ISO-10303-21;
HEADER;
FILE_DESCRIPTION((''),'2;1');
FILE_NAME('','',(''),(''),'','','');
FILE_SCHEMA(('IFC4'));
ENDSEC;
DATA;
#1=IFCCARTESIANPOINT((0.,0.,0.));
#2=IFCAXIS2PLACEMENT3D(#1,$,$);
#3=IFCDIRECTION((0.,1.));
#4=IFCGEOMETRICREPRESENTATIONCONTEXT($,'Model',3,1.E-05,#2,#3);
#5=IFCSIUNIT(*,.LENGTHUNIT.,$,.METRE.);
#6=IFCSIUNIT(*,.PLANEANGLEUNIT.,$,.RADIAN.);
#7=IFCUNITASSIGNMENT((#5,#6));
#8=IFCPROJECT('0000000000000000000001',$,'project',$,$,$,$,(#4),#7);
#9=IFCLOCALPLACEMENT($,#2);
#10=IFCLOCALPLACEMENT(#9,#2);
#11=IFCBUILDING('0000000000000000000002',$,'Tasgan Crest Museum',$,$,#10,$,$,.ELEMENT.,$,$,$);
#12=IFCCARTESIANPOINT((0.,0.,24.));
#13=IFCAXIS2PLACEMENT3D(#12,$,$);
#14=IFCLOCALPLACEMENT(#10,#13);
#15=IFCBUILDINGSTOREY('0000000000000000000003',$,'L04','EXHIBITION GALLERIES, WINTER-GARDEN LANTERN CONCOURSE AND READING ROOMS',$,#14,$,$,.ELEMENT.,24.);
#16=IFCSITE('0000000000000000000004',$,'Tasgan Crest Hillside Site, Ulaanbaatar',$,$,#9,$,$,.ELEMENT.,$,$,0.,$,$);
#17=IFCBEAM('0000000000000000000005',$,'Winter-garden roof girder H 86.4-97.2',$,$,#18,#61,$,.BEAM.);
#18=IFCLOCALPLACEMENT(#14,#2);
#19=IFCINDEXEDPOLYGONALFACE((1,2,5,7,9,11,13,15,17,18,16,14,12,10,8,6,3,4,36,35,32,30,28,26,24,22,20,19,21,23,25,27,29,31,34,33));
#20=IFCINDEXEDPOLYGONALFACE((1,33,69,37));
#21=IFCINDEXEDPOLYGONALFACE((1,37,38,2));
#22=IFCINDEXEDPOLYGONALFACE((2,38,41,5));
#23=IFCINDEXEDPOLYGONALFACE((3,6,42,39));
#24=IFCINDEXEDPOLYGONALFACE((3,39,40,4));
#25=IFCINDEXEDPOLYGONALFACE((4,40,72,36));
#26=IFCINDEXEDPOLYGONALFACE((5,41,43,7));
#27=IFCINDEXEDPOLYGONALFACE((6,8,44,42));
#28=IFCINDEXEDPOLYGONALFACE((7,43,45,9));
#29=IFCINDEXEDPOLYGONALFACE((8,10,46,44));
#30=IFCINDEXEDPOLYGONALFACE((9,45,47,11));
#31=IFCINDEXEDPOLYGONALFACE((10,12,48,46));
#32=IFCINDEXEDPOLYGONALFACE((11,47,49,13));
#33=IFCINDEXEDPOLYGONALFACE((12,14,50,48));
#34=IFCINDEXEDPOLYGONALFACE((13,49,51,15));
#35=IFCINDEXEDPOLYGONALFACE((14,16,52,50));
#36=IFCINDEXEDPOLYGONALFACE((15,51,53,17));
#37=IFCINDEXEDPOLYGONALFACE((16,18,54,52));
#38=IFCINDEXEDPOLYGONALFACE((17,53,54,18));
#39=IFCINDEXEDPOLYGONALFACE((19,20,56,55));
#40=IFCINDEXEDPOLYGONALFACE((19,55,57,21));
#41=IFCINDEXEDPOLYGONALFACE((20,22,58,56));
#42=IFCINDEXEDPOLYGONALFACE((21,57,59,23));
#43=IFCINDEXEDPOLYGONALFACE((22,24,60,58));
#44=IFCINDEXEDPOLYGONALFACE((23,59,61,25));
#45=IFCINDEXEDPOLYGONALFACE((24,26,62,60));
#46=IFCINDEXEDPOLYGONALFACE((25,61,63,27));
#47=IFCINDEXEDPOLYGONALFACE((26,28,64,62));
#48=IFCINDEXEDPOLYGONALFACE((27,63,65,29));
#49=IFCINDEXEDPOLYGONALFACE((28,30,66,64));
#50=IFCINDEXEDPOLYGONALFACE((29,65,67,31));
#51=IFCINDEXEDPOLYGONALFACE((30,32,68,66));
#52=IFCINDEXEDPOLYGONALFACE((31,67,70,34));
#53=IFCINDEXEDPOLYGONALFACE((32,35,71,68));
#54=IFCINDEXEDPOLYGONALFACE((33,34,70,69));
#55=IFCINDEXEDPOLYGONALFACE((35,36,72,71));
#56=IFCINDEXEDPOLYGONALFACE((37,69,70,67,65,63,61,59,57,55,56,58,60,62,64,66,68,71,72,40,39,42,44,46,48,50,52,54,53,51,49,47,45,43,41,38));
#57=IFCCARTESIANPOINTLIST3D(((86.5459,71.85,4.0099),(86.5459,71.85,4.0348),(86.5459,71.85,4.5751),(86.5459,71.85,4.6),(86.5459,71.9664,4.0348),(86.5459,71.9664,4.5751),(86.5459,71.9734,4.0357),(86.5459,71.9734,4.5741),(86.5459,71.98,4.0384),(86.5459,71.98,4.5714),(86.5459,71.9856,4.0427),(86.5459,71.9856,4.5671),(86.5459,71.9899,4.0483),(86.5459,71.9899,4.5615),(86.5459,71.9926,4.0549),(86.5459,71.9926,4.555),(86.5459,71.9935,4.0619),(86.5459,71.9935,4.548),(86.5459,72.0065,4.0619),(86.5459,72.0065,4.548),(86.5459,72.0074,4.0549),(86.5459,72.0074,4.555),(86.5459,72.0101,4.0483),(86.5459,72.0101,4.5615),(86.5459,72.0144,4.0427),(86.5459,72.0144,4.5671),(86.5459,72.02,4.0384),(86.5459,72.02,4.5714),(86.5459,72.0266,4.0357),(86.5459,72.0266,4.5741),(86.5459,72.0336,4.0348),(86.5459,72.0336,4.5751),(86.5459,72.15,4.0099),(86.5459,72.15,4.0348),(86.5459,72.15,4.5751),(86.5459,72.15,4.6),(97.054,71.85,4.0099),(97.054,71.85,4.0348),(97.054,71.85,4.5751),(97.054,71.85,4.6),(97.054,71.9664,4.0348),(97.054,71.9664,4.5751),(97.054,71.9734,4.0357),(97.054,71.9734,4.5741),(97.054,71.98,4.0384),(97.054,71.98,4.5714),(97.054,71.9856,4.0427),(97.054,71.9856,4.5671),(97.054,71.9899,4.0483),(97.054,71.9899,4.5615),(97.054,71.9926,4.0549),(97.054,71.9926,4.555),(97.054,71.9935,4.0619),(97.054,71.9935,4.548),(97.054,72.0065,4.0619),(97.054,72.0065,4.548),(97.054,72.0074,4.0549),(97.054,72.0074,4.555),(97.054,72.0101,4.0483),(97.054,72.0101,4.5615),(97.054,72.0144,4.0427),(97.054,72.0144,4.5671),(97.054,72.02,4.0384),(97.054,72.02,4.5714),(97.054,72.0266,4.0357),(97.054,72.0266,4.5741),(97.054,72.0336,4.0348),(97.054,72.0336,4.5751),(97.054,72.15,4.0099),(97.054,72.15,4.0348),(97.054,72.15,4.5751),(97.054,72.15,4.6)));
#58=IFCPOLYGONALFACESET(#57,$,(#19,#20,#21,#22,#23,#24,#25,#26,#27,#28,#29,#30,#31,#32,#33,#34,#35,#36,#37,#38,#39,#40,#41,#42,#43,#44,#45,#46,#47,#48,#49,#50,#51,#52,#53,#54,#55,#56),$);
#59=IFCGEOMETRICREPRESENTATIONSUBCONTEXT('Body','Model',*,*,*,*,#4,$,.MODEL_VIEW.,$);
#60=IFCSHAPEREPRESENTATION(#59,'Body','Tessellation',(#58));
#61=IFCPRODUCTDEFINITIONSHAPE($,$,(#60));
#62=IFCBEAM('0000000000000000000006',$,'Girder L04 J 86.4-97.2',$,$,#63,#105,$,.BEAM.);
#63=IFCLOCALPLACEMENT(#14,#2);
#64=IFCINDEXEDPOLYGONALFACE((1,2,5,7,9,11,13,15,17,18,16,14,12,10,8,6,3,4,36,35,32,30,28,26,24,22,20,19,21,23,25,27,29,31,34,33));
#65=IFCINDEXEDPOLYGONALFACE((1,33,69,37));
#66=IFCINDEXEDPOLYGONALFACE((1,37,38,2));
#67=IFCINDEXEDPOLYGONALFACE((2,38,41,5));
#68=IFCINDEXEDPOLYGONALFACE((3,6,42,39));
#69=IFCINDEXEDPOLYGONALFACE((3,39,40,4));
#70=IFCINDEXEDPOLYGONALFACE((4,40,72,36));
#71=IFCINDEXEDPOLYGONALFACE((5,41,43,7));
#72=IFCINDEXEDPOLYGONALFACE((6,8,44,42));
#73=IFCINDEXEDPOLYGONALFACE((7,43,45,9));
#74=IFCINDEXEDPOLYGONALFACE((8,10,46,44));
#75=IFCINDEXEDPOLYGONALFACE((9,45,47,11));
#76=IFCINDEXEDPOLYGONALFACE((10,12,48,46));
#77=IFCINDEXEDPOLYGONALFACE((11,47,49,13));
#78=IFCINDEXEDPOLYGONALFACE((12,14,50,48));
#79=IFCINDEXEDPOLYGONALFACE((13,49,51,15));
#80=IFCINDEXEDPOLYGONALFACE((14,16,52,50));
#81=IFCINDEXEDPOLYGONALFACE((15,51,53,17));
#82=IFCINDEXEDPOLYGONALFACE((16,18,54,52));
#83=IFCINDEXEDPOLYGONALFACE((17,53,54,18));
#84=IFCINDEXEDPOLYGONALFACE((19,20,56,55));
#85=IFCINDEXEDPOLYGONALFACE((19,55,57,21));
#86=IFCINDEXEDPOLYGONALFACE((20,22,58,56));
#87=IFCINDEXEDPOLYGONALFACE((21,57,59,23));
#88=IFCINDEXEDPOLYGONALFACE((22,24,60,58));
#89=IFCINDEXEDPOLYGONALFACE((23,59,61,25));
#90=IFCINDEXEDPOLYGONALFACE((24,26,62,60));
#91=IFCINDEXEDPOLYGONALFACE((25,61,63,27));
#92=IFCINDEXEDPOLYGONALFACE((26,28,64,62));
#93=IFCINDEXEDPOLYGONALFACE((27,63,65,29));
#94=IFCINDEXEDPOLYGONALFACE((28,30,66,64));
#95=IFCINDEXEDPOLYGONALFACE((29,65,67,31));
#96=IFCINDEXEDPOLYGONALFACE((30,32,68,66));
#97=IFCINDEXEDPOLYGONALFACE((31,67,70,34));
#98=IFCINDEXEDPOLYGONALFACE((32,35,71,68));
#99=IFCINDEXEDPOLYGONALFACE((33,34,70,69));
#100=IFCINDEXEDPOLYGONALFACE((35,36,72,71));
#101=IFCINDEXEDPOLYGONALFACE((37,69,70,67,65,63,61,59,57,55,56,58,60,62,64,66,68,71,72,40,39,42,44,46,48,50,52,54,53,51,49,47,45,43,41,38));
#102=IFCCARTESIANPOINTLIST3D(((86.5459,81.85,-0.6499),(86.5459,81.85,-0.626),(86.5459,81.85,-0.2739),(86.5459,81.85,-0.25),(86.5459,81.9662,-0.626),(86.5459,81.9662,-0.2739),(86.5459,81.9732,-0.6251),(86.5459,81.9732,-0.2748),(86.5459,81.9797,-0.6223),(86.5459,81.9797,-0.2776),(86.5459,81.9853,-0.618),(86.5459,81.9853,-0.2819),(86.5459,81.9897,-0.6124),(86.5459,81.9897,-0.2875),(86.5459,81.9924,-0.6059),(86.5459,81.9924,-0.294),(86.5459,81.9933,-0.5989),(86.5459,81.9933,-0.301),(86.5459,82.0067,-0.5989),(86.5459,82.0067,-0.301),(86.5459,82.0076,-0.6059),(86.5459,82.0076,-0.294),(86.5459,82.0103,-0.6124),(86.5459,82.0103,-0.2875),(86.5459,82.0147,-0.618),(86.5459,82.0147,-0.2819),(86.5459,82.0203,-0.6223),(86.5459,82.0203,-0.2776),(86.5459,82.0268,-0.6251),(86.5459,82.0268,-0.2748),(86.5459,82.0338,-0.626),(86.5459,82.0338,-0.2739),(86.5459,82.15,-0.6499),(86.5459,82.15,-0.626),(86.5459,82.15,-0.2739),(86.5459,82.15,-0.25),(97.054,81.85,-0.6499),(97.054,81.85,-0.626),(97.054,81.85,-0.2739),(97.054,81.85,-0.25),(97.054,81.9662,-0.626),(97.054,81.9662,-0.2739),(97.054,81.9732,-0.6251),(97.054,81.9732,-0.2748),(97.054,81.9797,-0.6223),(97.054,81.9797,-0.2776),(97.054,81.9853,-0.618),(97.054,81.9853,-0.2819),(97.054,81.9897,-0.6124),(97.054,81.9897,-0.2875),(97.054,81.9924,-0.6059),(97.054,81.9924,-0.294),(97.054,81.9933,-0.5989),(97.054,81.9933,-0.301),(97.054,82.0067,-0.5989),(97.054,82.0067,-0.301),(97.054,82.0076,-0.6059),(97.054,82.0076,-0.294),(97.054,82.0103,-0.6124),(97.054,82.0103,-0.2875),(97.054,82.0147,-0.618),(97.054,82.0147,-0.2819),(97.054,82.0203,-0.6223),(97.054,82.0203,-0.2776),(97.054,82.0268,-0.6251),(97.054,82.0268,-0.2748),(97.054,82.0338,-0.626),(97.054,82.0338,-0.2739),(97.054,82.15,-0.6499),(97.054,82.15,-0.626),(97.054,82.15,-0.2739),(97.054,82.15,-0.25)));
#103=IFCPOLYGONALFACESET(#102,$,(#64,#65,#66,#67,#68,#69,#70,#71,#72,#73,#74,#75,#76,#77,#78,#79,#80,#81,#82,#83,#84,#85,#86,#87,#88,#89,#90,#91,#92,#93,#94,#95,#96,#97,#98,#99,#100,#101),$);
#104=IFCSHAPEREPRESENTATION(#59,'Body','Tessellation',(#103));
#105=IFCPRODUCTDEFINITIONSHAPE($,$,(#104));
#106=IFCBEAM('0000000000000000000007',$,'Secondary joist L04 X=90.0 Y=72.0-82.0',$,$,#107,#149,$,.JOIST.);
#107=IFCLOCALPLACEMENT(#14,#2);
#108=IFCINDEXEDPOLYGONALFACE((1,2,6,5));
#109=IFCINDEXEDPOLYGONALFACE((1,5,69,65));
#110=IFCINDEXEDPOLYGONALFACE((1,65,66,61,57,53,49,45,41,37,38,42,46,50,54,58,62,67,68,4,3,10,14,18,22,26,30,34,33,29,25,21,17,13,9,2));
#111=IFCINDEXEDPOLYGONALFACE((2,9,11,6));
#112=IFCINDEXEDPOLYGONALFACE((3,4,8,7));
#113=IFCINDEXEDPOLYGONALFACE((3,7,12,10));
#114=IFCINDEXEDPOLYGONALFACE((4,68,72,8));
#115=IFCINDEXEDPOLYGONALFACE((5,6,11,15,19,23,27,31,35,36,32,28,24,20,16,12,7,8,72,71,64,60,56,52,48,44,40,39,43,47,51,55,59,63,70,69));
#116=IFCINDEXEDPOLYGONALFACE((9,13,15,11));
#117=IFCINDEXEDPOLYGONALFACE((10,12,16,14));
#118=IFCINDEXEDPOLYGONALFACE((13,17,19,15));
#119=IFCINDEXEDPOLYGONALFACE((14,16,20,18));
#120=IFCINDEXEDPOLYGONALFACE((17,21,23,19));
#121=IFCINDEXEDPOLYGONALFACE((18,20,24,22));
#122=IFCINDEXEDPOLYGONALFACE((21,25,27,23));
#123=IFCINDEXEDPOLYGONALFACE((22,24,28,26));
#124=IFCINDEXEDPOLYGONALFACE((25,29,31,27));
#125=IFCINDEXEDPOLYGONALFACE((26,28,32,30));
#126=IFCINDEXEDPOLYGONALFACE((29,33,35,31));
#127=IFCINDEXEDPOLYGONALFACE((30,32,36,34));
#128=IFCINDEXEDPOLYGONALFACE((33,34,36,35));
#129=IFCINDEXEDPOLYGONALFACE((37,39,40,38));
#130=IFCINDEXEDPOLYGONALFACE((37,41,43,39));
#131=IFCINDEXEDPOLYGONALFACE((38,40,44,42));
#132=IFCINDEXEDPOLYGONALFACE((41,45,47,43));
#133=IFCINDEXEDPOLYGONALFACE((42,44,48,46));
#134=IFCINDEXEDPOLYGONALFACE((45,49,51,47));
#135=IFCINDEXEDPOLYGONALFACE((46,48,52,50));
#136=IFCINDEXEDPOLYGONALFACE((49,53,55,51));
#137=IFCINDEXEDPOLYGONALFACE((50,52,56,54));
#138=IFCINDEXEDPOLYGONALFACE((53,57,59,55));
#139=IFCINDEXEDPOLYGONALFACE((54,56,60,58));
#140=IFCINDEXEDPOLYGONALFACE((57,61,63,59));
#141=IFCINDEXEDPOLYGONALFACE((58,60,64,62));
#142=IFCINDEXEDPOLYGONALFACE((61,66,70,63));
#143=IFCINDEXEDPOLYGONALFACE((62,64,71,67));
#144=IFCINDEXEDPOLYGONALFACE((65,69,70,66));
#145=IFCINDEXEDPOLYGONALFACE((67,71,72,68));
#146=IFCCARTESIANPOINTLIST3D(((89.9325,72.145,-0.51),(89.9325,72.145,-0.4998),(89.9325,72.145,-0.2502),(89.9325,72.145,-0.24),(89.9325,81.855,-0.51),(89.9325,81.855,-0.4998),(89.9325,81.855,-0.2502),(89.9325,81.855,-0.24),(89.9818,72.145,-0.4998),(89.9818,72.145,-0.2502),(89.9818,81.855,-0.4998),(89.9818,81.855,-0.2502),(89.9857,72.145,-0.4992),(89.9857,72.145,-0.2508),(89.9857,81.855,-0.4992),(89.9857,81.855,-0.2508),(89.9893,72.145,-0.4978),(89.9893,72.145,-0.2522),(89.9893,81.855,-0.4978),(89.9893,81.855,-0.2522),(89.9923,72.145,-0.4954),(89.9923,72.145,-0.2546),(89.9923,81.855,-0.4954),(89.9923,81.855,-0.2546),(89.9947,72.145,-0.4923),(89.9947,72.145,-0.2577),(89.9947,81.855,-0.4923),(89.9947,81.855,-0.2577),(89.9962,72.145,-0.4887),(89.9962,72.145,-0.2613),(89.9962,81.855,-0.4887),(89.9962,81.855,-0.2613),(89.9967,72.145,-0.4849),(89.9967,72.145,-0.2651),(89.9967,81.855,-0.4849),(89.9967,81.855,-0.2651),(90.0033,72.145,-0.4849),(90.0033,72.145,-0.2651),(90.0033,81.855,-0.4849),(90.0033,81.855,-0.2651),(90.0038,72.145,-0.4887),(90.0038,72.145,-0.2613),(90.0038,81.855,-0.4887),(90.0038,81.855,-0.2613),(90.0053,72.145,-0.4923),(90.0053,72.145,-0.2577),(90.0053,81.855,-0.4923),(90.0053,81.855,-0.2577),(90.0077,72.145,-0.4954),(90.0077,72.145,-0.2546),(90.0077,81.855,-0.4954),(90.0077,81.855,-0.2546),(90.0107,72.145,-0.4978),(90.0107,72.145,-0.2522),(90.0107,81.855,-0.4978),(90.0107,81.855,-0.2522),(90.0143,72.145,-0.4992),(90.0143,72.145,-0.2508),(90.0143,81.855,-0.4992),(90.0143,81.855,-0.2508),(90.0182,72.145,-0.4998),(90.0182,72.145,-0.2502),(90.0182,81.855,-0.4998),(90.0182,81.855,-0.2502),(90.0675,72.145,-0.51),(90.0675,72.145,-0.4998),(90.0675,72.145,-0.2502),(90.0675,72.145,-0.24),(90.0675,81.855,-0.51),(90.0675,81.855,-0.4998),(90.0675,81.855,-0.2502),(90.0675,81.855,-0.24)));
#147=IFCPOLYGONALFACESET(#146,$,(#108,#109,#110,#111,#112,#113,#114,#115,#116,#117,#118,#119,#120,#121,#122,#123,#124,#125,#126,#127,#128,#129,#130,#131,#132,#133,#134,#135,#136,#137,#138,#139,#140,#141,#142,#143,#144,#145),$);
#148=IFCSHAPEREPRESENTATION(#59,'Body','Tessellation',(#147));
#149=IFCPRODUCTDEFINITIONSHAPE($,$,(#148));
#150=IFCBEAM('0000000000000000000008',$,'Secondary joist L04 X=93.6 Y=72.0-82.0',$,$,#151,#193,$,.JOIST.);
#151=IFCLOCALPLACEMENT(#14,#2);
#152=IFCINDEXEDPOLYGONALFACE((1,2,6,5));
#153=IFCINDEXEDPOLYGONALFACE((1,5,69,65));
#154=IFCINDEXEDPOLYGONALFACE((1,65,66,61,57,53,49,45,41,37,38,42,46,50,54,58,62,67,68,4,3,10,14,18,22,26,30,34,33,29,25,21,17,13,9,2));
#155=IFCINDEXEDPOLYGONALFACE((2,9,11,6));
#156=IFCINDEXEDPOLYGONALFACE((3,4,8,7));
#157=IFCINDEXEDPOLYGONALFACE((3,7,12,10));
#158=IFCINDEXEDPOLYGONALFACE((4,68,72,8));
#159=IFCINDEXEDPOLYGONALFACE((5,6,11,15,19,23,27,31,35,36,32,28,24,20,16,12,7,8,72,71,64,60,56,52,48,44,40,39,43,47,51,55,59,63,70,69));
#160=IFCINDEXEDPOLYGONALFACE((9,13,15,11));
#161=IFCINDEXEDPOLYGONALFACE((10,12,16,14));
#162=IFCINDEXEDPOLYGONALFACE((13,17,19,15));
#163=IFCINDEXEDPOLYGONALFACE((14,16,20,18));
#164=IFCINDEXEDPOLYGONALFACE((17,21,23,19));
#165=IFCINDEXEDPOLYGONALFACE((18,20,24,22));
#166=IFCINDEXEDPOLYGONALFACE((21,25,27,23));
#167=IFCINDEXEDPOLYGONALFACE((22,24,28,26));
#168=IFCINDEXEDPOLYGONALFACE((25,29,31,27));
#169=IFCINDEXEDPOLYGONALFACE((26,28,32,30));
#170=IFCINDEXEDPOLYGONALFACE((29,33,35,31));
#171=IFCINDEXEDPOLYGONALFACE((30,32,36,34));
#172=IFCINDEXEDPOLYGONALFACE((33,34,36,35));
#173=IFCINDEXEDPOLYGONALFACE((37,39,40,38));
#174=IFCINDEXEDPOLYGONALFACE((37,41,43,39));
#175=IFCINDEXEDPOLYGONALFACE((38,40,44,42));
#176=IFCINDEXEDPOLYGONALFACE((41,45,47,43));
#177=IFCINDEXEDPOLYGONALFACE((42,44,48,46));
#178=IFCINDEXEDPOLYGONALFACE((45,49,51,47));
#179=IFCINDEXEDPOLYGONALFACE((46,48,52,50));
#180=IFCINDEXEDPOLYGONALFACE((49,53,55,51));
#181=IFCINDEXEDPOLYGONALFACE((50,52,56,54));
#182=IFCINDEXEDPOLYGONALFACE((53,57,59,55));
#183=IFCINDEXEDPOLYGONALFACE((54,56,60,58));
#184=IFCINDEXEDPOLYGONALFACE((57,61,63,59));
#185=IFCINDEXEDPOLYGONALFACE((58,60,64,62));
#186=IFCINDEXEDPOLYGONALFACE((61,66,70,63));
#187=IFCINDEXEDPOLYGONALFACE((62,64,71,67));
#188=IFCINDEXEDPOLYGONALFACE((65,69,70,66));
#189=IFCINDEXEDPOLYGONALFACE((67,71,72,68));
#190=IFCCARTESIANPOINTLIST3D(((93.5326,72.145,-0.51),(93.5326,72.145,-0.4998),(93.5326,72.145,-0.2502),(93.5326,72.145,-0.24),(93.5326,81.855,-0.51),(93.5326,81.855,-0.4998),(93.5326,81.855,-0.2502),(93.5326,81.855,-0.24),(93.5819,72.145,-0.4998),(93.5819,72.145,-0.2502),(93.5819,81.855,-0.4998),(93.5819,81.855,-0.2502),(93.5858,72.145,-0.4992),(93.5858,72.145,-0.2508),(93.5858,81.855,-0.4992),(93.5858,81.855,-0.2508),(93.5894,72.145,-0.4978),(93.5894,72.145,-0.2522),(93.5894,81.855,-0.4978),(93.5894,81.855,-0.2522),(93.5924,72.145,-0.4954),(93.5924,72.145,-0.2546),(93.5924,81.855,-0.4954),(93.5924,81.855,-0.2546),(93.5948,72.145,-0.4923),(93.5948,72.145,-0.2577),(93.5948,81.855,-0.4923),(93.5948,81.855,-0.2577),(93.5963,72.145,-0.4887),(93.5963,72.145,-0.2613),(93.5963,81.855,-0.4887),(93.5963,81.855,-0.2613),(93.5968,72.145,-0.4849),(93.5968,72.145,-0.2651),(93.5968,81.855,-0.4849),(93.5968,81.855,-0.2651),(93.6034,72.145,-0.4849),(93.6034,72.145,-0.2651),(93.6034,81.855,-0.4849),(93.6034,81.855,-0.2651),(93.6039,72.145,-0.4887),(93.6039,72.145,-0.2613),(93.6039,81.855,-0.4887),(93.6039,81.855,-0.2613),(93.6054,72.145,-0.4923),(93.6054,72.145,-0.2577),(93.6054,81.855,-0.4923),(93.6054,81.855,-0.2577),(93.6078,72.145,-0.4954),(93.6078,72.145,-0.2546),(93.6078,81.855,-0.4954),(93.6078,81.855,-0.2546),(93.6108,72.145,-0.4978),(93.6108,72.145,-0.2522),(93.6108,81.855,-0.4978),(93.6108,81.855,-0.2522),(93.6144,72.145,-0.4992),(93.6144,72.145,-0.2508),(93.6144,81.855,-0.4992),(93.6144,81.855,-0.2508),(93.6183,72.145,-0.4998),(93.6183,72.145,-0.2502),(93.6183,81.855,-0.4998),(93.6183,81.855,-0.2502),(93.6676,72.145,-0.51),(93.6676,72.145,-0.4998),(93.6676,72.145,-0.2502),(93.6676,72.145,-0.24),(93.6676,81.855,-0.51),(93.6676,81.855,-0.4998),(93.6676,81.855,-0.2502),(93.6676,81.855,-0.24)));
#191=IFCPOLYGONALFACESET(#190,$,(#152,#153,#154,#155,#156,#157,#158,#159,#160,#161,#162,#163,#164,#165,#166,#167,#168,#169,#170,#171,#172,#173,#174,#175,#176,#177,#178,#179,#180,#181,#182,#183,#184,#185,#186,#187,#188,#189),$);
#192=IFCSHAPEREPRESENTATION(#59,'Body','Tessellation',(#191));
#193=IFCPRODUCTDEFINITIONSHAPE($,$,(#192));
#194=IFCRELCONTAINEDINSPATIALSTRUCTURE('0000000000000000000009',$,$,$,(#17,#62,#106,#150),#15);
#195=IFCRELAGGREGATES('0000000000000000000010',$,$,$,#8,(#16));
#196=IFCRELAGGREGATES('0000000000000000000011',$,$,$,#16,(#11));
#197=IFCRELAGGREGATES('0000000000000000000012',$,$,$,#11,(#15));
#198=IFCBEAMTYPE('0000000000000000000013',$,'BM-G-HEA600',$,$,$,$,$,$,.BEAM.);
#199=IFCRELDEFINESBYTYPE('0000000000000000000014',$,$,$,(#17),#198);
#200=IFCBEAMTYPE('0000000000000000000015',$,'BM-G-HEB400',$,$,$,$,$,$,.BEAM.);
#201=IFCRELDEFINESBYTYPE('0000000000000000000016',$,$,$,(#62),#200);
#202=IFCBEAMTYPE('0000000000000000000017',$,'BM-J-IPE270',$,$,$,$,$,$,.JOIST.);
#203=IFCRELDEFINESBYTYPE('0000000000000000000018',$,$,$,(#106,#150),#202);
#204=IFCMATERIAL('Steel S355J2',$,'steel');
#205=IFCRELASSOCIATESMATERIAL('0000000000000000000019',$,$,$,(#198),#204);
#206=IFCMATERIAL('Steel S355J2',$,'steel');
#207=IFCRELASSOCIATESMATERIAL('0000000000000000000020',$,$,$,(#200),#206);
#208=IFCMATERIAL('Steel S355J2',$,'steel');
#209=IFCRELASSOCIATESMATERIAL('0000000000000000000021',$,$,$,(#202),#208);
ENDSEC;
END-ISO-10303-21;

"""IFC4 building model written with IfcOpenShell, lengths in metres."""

from ifc_helpers import new_model, si_unit, direction, frame, origin, origin_2d, place, context, subcontext, project, spatial, i_section, extrude, material, material_profile, profile_set, type_object, element, save


model = new_model("IFC4")

# Units and contexts
model_context = context("Model", 3, precision=1e-05, world=origin(), true_north=direction((0.0, 1.0)))
body_context = subcontext(model_context, "Body", "Model", "MODEL_VIEW")
ifc_project = project(units=[si_unit("LENGTHUNIT", "METRE"), si_unit("PLANEANGLEUNIT", "RADIAN")], contexts=[model_context])

# Site, building, storey
site_placement = place(None, origin())
site = spatial("IfcSite", under=ifc_project, at=site_placement, Name="Tasgan Crest Hillside Site, Ulaanbaatar", CompositionType="ELEMENT", RefElevation=0.0)
building_placement = place(site_placement, origin())
building = spatial("IfcBuilding", under=site, at=building_placement, Name="Tasgan Crest Museum", CompositionType="ELEMENT")
storey_placement = place(building_placement, frame((0.0, 0.0, 24.0)))
storey = spatial("IfcBuildingStorey", under=building, at=storey_placement, Name="L04", Description="EXHIBITION GALLERIES, WINTER-GARDEN LANTERN CONCOURSE AND READING ROOMS", CompositionType="ELEMENT", Elevation=24.0)

# Beams
ifc_material_1 = material(Name="Steel S355J2", Category="steel")
ifc_material_profile_1 = material_profile(ifc_material_1, i_section(OverallWidth=0.3, OverallDepth=0.5901, WebThickness=0.0129, FlangeThickness=0.0249, FilletRadius=0.0271, at=origin_2d()), Name="HEA 600")
ifc_profile_set_1 = profile_set([ifc_material_profile_1], Name="Steel S355J2")
beam_type_1 = type_object("IfcBeamType", Name="BM-G-HEA600", PredefinedType="BEAM", material=ifc_profile_set_1)
beam_1_placement = place(storey_placement, frame((86.5459, 72.0, 4.3049), z_axis=(1.0, 0.0, 0.0), x_axis=(0.0, 1.0, 0.0)))
element("IfcBeam", 1, at=beam_1_placement, inside=storey, type_object=beam_type_1, Name="Winter-garden roof girder H 86.4-97.2", PredefinedType="BEAM", context=body_context, shape_type="SweptSolid", body=[
    extrude(i_section(OverallWidth=0.3, OverallDepth=0.5901, WebThickness=0.0129, FlangeThickness=0.0249, FilletRadius=0.0271, at=origin_2d()), origin(), (0.0, 0.0, 1.0), 10.5081),
])
ifc_material_2 = material(Name="Steel S355J2", Category="steel")
ifc_material_profile_2 = material_profile(ifc_material_2, i_section(OverallWidth=0.3, OverallDepth=0.3999, WebThickness=0.0134, FlangeThickness=0.0239, FilletRadius=0.0271, at=origin_2d()), Name="HEB 400")
ifc_profile_set_2 = profile_set([ifc_material_profile_2], Name="Steel S355J2")
beam_type_2 = type_object("IfcBeamType", Name="BM-G-HEB400", PredefinedType="BEAM", material=ifc_profile_set_2)
beam_2_placement = place(storey_placement, frame((86.5459, 82.0, -0.45), z_axis=(1.0, 0.0, 0.0), x_axis=(0.0, 1.0, 0.0)))
element("IfcBeam", 2, at=beam_2_placement, inside=storey, type_object=beam_type_2, Name="Girder L04 J 86.4-97.2", PredefinedType="BEAM", context=body_context, shape_type="SweptSolid", body=[
    extrude(i_section(OverallWidth=0.3, OverallDepth=0.3999, WebThickness=0.0134, FlangeThickness=0.0239, FilletRadius=0.0271, at=origin_2d()), origin(), (0.0, 0.0, 1.0), 10.5081),
])
ifc_material_3 = material(Name="Steel S355J2", Category="steel")
ifc_material_profile_3 = material_profile(ifc_material_3, i_section(OverallWidth=0.135, OverallDepth=0.27, WebThickness=0.0066, FlangeThickness=0.0103, FilletRadius=0.0149, at=origin_2d()), Name="IPE 270")
ifc_profile_set_3 = profile_set([ifc_material_profile_3], Name="Steel S355J2")
beam_type_3 = type_object("IfcBeamType", Name="BM-J-IPE270", PredefinedType="JOIST", material=ifc_profile_set_3)
for number, where, z_axis, x_axis, name in (
    (3, (90.0, 72.145, -0.375), (0.0, 1.0, 0.0), (-1.0, 0.0, 0.0), "Secondary joist L04 X=90.0 Y=72.0-82.0"),
    (4, (93.6001, 72.145, -0.375), (0.0, 1.0, 0.0), (-1.0, 0.0, 0.0), "Secondary joist L04 X=93.6 Y=72.0-82.0"),
):
    element("IfcBeam", number, at=place(storey_placement, frame(where, z_axis=z_axis, x_axis=x_axis)), inside=storey, type_object=beam_type_3, Name=name, PredefinedType="JOIST", context=body_context, shape_type="SweptSolid", body=[
        extrude(i_section(OverallWidth=0.135, OverallDepth=0.27, WebThickness=0.0066, FlangeThickness=0.0103, FilletRadius=0.0149, at=origin_2d()), origin(), (0.0, 0.0, 1.0), 9.71),
    ])

save(model, "model.ifc")
